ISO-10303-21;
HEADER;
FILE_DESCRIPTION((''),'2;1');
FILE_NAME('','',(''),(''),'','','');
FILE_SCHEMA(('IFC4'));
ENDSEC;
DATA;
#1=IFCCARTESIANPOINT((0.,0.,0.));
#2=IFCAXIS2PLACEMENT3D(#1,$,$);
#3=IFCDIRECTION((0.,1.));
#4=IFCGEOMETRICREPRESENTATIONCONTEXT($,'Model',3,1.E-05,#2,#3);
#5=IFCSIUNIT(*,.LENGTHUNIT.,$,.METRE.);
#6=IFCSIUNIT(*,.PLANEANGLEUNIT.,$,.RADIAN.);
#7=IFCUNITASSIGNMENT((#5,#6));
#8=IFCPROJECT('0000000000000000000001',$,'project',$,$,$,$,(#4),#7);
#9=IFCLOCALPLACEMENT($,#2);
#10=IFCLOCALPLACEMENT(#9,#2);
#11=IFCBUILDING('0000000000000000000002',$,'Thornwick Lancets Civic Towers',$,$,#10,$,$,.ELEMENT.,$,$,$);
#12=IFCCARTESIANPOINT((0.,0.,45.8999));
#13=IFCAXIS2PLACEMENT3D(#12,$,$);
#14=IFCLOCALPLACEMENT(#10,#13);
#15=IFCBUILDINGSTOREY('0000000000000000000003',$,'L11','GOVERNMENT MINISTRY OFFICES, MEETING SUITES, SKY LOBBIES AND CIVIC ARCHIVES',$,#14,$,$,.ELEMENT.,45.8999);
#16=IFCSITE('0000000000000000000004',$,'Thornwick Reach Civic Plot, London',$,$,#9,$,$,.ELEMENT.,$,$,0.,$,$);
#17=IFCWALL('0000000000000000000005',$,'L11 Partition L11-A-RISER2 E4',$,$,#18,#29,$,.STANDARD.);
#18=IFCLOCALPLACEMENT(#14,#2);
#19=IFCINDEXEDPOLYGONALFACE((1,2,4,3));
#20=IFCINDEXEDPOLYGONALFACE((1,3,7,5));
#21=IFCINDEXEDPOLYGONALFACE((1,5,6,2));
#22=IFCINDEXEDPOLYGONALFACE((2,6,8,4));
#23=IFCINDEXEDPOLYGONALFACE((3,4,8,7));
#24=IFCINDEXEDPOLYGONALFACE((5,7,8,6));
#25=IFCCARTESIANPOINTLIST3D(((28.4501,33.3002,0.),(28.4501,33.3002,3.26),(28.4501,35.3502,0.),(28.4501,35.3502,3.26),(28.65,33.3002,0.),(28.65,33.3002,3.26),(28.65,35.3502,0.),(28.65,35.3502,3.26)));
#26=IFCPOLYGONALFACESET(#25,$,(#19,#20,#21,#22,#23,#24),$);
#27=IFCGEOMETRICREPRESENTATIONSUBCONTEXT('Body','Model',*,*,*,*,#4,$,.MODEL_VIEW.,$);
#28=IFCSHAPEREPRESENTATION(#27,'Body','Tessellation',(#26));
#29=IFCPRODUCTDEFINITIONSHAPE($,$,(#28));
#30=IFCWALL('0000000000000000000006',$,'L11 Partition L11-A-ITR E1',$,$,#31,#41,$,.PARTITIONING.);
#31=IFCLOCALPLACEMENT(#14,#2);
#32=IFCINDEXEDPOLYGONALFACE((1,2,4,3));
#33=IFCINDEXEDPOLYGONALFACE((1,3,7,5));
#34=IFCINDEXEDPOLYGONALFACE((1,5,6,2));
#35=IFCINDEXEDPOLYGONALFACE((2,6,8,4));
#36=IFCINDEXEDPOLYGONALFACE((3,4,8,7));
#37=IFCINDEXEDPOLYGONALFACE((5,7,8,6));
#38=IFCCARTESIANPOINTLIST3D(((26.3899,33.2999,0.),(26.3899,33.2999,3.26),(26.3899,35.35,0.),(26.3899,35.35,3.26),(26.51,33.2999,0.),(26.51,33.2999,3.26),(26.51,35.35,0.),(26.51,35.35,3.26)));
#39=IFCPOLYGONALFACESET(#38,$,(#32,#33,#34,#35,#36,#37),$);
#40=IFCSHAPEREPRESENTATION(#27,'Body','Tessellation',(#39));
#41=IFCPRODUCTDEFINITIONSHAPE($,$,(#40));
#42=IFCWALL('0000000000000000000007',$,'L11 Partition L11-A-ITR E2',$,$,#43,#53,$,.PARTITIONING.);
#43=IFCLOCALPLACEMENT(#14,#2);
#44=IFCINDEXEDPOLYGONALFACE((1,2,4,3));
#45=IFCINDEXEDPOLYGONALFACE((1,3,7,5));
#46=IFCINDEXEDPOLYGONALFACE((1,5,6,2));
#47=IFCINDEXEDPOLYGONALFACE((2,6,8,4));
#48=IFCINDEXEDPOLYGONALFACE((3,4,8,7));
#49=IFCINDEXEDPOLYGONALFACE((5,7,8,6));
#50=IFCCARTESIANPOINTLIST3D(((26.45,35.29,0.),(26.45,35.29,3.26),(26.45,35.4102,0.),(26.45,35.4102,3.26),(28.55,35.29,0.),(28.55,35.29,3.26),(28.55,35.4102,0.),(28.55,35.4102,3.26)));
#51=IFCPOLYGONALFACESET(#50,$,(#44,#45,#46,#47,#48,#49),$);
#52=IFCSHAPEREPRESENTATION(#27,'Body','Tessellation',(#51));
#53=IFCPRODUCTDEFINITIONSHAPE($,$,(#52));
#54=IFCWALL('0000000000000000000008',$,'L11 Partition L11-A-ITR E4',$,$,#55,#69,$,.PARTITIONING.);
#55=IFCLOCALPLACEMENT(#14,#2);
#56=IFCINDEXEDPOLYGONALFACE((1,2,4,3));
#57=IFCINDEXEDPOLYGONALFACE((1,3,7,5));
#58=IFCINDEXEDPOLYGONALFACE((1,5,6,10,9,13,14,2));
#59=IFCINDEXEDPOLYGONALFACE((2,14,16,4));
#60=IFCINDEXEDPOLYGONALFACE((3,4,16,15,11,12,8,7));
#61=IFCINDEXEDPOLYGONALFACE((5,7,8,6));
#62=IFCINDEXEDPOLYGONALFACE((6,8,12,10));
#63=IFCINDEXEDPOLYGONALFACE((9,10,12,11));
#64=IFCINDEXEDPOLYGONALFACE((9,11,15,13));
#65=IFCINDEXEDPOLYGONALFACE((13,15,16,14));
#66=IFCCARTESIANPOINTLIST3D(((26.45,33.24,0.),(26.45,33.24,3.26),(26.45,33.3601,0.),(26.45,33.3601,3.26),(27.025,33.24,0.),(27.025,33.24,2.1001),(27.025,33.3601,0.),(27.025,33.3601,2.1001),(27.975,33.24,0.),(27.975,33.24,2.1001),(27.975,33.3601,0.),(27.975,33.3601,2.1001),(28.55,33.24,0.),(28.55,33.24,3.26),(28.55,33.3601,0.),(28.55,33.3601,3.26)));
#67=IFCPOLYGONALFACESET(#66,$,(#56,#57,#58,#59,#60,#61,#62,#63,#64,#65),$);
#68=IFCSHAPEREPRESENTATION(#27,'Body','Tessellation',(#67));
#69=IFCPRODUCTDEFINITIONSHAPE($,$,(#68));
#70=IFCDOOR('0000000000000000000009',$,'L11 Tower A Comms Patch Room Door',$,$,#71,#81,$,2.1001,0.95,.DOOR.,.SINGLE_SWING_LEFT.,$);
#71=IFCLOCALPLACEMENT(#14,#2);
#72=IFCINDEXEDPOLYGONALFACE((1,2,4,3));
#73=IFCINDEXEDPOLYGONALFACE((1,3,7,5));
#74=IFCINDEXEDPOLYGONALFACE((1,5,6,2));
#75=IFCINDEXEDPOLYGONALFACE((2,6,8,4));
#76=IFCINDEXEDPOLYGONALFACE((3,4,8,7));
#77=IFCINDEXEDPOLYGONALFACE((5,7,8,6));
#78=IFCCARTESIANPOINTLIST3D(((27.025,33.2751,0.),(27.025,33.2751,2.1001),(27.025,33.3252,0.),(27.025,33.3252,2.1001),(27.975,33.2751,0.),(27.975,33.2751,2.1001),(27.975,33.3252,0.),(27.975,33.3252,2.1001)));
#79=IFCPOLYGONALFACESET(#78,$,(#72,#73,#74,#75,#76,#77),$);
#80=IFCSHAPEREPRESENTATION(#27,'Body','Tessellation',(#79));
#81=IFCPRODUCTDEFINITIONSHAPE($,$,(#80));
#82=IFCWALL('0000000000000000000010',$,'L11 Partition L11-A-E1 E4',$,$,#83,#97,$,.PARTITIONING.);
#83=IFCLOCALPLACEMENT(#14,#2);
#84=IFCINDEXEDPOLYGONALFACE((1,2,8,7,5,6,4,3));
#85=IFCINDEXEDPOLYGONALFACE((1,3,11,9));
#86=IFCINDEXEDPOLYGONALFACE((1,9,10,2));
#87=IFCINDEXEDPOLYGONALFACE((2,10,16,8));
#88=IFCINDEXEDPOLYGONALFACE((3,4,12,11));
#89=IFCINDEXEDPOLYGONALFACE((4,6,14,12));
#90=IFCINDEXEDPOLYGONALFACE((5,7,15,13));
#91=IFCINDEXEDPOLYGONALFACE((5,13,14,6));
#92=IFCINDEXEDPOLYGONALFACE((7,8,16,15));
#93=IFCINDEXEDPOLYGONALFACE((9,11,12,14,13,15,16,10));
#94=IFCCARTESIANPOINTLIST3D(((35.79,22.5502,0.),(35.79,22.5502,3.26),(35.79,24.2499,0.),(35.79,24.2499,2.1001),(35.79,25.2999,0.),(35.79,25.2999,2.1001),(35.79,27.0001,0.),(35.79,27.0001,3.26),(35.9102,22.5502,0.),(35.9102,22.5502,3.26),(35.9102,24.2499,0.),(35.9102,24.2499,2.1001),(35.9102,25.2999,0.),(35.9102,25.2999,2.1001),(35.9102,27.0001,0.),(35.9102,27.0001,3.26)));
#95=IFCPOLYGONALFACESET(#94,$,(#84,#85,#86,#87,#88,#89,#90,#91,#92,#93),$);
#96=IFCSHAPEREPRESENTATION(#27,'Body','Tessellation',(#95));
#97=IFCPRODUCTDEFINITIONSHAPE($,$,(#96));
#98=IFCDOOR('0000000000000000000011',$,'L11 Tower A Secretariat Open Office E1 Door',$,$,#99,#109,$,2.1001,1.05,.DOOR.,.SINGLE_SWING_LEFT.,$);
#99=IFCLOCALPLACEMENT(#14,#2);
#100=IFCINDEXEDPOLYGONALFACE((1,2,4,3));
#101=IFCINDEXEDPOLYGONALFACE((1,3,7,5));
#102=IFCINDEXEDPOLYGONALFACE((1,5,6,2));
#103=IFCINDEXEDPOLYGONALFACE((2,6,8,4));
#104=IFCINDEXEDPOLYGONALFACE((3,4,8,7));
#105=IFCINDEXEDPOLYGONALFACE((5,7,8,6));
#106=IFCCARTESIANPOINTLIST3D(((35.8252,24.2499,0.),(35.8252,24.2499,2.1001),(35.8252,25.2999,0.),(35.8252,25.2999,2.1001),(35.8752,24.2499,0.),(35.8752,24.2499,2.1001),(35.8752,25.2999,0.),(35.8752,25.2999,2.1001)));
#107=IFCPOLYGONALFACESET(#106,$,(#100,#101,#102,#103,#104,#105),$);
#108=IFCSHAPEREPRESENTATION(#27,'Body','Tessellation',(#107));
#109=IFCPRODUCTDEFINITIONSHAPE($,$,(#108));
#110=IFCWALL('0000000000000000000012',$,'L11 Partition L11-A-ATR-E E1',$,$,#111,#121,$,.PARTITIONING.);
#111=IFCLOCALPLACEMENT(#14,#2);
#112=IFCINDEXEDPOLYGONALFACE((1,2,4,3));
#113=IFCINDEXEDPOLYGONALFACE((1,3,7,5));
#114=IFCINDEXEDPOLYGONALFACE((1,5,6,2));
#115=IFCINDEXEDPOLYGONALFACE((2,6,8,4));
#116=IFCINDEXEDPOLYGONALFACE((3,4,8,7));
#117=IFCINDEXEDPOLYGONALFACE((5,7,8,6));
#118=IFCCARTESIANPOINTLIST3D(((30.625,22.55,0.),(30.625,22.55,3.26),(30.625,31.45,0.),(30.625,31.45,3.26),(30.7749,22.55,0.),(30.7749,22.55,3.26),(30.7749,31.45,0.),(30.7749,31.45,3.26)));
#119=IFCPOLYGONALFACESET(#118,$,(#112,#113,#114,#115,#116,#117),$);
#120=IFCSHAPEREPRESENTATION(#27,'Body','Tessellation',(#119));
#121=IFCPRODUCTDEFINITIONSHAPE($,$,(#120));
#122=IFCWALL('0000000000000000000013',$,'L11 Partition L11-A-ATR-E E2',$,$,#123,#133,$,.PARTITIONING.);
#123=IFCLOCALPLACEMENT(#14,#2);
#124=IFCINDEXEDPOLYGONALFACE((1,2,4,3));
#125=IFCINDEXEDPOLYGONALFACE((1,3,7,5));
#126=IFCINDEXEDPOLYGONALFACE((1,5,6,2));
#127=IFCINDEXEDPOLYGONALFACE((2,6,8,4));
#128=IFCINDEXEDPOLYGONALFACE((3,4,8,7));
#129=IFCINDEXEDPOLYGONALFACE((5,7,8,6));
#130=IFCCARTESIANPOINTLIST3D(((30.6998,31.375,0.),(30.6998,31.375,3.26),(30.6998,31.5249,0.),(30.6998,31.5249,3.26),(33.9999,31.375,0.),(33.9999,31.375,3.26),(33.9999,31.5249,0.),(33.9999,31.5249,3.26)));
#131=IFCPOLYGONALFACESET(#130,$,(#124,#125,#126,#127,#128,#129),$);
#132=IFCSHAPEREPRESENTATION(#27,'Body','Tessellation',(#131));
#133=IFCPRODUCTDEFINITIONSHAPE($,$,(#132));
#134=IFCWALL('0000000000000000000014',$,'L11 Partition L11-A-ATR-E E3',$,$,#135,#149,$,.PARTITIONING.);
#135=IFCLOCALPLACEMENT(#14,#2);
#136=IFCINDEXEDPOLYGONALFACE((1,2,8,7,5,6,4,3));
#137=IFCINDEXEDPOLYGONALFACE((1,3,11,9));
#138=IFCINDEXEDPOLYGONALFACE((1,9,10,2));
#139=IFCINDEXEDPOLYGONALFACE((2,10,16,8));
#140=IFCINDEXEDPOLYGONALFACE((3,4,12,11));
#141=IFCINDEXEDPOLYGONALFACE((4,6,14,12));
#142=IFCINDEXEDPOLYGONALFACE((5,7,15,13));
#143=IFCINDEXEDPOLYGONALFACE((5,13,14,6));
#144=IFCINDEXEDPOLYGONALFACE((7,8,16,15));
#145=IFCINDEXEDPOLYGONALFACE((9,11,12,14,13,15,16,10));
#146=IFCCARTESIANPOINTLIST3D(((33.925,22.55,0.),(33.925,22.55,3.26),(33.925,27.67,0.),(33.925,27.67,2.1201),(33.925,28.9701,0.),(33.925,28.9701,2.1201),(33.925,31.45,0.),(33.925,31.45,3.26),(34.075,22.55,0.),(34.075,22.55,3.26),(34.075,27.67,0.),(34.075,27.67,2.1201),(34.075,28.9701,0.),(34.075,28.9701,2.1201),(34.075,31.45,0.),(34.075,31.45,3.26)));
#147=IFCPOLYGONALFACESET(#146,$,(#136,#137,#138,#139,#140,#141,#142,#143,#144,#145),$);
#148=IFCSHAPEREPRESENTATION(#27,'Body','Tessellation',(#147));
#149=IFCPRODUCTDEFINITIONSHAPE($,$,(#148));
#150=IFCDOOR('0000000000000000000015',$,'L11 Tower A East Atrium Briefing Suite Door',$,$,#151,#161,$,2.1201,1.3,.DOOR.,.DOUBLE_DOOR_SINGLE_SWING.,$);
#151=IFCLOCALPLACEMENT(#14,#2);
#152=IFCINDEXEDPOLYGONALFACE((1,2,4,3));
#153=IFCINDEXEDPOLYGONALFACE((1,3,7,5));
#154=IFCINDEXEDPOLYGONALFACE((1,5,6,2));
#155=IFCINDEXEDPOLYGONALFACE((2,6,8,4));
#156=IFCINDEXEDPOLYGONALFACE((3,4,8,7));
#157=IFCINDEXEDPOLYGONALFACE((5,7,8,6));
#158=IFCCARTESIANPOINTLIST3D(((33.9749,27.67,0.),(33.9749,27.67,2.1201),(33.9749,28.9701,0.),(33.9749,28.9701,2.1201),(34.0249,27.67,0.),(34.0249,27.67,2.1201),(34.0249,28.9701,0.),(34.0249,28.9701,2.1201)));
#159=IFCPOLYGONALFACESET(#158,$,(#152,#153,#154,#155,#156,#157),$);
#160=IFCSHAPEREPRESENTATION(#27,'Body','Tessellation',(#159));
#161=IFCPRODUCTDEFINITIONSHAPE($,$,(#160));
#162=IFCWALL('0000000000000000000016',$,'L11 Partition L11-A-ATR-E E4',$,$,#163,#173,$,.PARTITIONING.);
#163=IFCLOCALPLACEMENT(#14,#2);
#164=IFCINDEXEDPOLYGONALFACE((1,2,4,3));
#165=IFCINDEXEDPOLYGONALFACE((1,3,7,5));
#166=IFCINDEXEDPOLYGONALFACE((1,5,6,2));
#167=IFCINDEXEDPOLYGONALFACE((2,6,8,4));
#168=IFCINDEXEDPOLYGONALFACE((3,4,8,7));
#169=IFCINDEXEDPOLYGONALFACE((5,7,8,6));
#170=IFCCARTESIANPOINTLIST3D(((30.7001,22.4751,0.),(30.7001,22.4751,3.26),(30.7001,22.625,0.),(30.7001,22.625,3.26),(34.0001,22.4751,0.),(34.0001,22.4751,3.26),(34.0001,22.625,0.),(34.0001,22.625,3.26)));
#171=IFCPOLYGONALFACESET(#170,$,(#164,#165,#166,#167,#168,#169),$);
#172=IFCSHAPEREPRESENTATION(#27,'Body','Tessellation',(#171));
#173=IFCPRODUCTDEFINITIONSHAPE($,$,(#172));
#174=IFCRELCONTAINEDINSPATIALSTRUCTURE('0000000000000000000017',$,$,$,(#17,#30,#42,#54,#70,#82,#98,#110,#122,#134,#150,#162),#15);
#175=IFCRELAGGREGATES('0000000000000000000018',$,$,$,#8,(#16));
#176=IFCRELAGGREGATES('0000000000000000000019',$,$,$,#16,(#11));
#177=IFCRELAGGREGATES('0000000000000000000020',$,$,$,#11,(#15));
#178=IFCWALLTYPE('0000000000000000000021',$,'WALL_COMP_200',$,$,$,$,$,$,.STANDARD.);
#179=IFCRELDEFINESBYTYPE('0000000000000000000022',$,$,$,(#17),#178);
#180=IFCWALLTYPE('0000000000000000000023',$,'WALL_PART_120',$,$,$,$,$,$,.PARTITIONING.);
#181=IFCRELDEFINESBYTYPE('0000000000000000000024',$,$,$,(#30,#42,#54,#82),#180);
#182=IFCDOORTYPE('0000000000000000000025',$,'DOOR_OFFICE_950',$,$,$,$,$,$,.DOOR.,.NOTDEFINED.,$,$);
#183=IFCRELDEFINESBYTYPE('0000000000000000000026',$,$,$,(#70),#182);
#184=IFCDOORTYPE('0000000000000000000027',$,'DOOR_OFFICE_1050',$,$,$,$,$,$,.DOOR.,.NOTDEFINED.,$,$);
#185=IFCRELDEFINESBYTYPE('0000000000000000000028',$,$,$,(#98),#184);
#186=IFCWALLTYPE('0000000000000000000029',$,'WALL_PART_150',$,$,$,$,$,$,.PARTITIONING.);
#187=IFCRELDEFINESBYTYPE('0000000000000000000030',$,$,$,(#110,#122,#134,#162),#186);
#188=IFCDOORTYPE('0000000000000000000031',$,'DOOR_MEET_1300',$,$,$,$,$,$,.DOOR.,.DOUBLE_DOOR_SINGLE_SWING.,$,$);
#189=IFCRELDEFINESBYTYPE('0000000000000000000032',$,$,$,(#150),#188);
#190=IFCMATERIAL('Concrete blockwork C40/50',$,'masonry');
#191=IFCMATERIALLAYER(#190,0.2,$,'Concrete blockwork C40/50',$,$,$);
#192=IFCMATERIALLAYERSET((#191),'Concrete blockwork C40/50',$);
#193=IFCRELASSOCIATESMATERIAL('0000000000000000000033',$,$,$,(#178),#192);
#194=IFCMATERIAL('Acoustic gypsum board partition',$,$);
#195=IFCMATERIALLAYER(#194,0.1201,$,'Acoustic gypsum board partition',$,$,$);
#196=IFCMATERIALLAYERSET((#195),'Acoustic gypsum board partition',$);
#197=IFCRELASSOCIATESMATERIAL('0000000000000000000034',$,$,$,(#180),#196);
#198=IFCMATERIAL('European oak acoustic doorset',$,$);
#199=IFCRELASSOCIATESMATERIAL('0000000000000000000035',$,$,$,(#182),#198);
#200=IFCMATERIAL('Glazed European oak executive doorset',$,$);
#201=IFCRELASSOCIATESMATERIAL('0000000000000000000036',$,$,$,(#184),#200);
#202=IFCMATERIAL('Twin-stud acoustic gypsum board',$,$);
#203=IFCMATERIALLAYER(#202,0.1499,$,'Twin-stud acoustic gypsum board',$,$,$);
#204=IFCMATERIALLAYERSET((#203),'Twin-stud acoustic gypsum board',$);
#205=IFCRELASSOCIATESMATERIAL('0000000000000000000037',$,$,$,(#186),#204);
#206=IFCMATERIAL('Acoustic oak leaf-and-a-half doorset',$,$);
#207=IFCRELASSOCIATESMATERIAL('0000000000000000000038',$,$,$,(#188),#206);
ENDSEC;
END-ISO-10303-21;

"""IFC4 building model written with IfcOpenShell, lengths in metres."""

from ifc_helpers import new_model, si_unit, direction, frame, frame_2d, origin, place, context, subcontext, project, spatial, rectangle, extrude, material, layer, layer_set, type_object, element, fill, save


model = new_model("IFC4")

# Units and contexts
model_context = context("Model", 3, precision=1e-05, world=origin(), true_north=direction((0.0, 1.0)))
body_context = subcontext(model_context, "Body", "Model", "MODEL_VIEW")
ifc_project = project(units=[si_unit("LENGTHUNIT", "METRE"), si_unit("PLANEANGLEUNIT", "RADIAN")], contexts=[model_context])

# Site, building, storey
site_placement = place(None, origin())
site = spatial("IfcSite", under=ifc_project, at=site_placement, Name="Thornwick Reach Civic Plot, London", CompositionType="ELEMENT", RefElevation=0.0)
building_placement = place(site_placement, origin())
building = spatial("IfcBuilding", under=site, at=building_placement, Name="Thornwick Lancets Civic Towers", CompositionType="ELEMENT")
storey_placement = place(building_placement, frame((0.0, 0.0, 45.8999)))
storey = spatial("IfcBuildingStorey", under=building, at=storey_placement, Name="L11", Description="GOVERNMENT MINISTRY OFFICES, MEETING SUITES, SKY LOBBIES AND CIVIC ARCHIVES", CompositionType="ELEMENT", Elevation=45.8999)

# Shared definitions
ifc_material_1 = material(Name="Concrete blockwork C40/50", Category="masonry")
ifc_layer_1 = layer(ifc_material_1, 0.2, Name="Concrete blockwork C40/50")
ifc_layer_set_1 = layer_set([ifc_layer_1], Name="Concrete blockwork C40/50")
wall_type_1 = type_object("IfcWallType", Name="WALL_COMP_200", PredefinedType="STANDARD", material=ifc_layer_set_1)

# Walls
for number, where, z_axis, x_axis, name in (
    (1, (28.55, 35.3501, 0.0), (0.0, 0.0, 1.0), (0.0, -1.0, 0.0), "L11 Partition L11-A-RISER2 E4"),
):
    element("IfcWall", number, at=place(storey_placement, frame(where, z_axis=z_axis, x_axis=x_axis)), inside=storey, type_object=wall_type_1, Name=name, PredefinedType="STANDARD", context=body_context, shape_type="SweptSolid", body=[
        extrude(rectangle(XDim=2.05, YDim=0.2, at=frame_2d((1.0249, 0.0))), origin(), (0.0, 0.0, 1.0), 3.26),
    ])
ifc_material_2 = material(Name="Acoustic gypsum board partition")
ifc_layer_2 = layer(ifc_material_2, 0.1201, Name="Acoustic gypsum board partition")
ifc_layer_set_2 = layer_set([ifc_layer_2], Name="Acoustic gypsum board partition")
wall_type_2 = type_object("IfcWallType", Name="WALL_PART_120", PredefinedType="PARTITIONING", material=ifc_layer_set_2)
wall_1_placement = place(storey_placement, frame((26.45, 33.3, 0.0), z_axis=(0.0, 0.0, 1.0), x_axis=(0.0, 1.0, 0.0)))
element("IfcWall", 2, at=wall_1_placement, inside=storey, type_object=wall_type_2, Name="L11 Partition L11-A-ITR E1", PredefinedType="PARTITIONING", context=body_context, shape_type="SweptSolid", body=[
    extrude(rectangle(XDim=2.05, YDim=0.1201, at=frame_2d((1.0249, 0.0))), origin(), (0.0, 0.0, 1.0), 3.26),
])
wall_2_placement = place(storey_placement, frame((26.45, 35.3501, 0.0), z_axis=(0.0, 0.0, 1.0), x_axis=(1.0, 0.0, 0.0)))
element("IfcWall", 3, at=wall_2_placement, inside=storey, type_object=wall_type_2, Name="L11 Partition L11-A-ITR E2", PredefinedType="PARTITIONING", context=body_context, shape_type="SweptSolid", body=[
    extrude(rectangle(XDim=2.1001, YDim=0.1201, at=frame_2d((1.05, 0.0))), origin(), (0.0, 0.0, 1.0), 3.26),
])

# Walls, openings, doors
wall_3_placement = place(storey_placement, frame((28.55, 33.3, 0.0), z_axis=(0.0, 0.0, 1.0), x_axis=(-1.0, 0.0, 0.0)))
wall_3 = element("IfcWall", 4, at=wall_3_placement, inside=storey, type_object=wall_type_2, Name="L11 Partition L11-A-ITR E4", PredefinedType="PARTITIONING", context=body_context, shape_type="SweptSolid", body=[
    extrude(rectangle(XDim=2.1001, YDim=0.1201, at=frame_2d((1.05, 0.0))), origin(), (0.0, 0.0, 1.0), 3.26),
])
opening_1_placement = place(wall_3_placement, frame((0.575, 0.0, 0.0)))
opening_1 = element("IfcOpeningElement", 5, at=opening_1_placement, cuts=wall_3, PredefinedType="OPENING", context=body_context, shape_type="SweptSolid", body=[
    extrude(rectangle(XDim=0.95, YDim=2.1001, at=frame_2d((0.4751, 1.05))), frame((0.0, 0.0701, 0.0), z_axis=(0.0, -1.0, 0.0), x_axis=(1.0, 0.0, 0.0)), (0.0, 0.0, 1.0), 0.1401),
])
ifc_material_3 = material(Name="European oak acoustic doorset")
door_type_1 = type_object("IfcDoorType", Name="DOOR_OFFICE_950", OperationType="NOTDEFINED", PredefinedType="DOOR", material=ifc_material_3)
door_1_placement = place(opening_1_placement, origin())
door_1 = element("IfcDoor", 6, at=door_1_placement, inside=storey, type_object=door_type_1, Name="L11 Tower A Comms Patch Room Door", OperationType="SINGLE_SWING_LEFT", OverallHeight=2.1001, OverallWidth=0.95, PredefinedType="DOOR", context=body_context, shape_type="SweptSolid", body=[
    extrude(rectangle(XDim=0.95, YDim=2.1001, at=frame_2d((0.4751, 1.05))), frame((0.0, 0.0249, 0.0), z_axis=(0.0, -1.0, 0.0), x_axis=(1.0, 0.0, 0.0)), (0.0, 0.0, 1.0), 0.05),
])
fill(opening_1, door_1)
wall_4_placement = place(storey_placement, frame((35.8501, 22.55, 0.0), z_axis=(0.0, 0.0, 1.0), x_axis=(0.0, 1.0, 0.0)))
wall_4 = element("IfcWall", 7, at=wall_4_placement, inside=storey, type_object=wall_type_2, Name="L11 Partition L11-A-E1 E4", PredefinedType="PARTITIONING", context=body_context, shape_type="SweptSolid", body=[
    extrude(rectangle(XDim=4.45, YDim=0.1201, at=frame_2d((2.2251, 0.0))), origin(), (0.0, 0.0, 1.0), 3.26),
])
opening_2_placement = place(wall_4_placement, frame((1.7, 0.0, 0.0)))
opening_2 = element("IfcOpeningElement", 8, at=opening_2_placement, cuts=wall_4, PredefinedType="OPENING", context=body_context, shape_type="SweptSolid", body=[
    extrude(rectangle(XDim=1.05, YDim=2.1001, at=frame_2d((0.5249, 1.05))), frame((0.0, 0.0701, 0.0), z_axis=(0.0, -1.0, 0.0), x_axis=(1.0, 0.0, 0.0)), (0.0, 0.0, 1.0), 0.1401),
])
ifc_material_4 = material(Name="Glazed European oak executive doorset")
door_type_2 = type_object("IfcDoorType", Name="DOOR_OFFICE_1050", OperationType="NOTDEFINED", PredefinedType="DOOR", material=ifc_material_4)
door_2_placement = place(opening_2_placement, origin())
door_2 = element("IfcDoor", 9, at=door_2_placement, inside=storey, type_object=door_type_2, Name="L11 Tower A Secretariat Open Office E1 Door", OperationType="SINGLE_SWING_LEFT", OverallHeight=2.1001, OverallWidth=1.05, PredefinedType="DOOR", context=body_context, shape_type="SweptSolid", body=[
    extrude(rectangle(XDim=1.05, YDim=2.1001, at=frame_2d((0.5249, 1.05))), frame((0.0, 0.0249, 0.0), z_axis=(0.0, -1.0, 0.0), x_axis=(1.0, 0.0, 0.0)), (0.0, 0.0, 1.0), 0.05),
])
fill(opening_2, door_2)

# Walls
ifc_material_5 = material(Name="Twin-stud acoustic gypsum board")
ifc_layer_3 = layer(ifc_material_5, 0.1499, Name="Twin-stud acoustic gypsum board")
ifc_layer_set_3 = layer_set([ifc_layer_3], Name="Twin-stud acoustic gypsum board")
wall_type_3 = type_object("IfcWallType", Name="WALL_PART_150", PredefinedType="PARTITIONING", material=ifc_layer_set_3)
wall_5_placement = place(storey_placement, frame((30.7, 22.55, 0.0), z_axis=(0.0, 0.0, 1.0), x_axis=(0.0, 1.0, 0.0)))
element("IfcWall", 10, at=wall_5_placement, inside=storey, type_object=wall_type_3, Name="L11 Partition L11-A-ATR-E E1", PredefinedType="PARTITIONING", context=body_context, shape_type="SweptSolid", body=[
    extrude(rectangle(XDim=8.8999, YDim=0.1499, at=frame_2d((4.45, 0.0))), origin(), (0.0, 0.0, 1.0), 3.26),
])
wall_6_placement = place(storey_placement, frame((30.7, 31.45, 0.0), z_axis=(0.0, 0.0, 1.0), x_axis=(1.0, 0.0, 0.0)))
element("IfcWall", 11, at=wall_6_placement, inside=storey, type_object=wall_type_3, Name="L11 Partition L11-A-ATR-E E2", PredefinedType="PARTITIONING", context=body_context, shape_type="SweptSolid", body=[
    extrude(rectangle(XDim=3.3, YDim=0.1499, at=frame_2d((1.6499, 0.0))), origin(), (0.0, 0.0, 1.0), 3.26),
])

# Wall, opening, door
wall_7_placement = place(storey_placement, frame((34.0, 31.45, 0.0), z_axis=(0.0, 0.0, 1.0), x_axis=(0.0, -1.0, 0.0)))
wall_7 = element("IfcWall", 12, at=wall_7_placement, inside=storey, type_object=wall_type_3, Name="L11 Partition L11-A-ATR-E E3", PredefinedType="PARTITIONING", context=body_context, shape_type="SweptSolid", body=[
    extrude(rectangle(XDim=8.8999, YDim=0.1499, at=frame_2d((4.45, 0.0))), origin(), (0.0, 0.0, 1.0), 3.26),
])
opening_3_placement = place(wall_7_placement, frame((2.48, 0.0, 0.0)))
opening_3 = element("IfcOpeningElement", 13, at=opening_3_placement, cuts=wall_7, PredefinedType="OPENING", context=body_context, shape_type="SweptSolid", body=[
    extrude(rectangle(XDim=1.3, YDim=2.1201, at=frame_2d((0.6499, 1.0601))), frame((0.0, 0.085, 0.0), z_axis=(0.0, -1.0, 0.0), x_axis=(1.0, 0.0, 0.0)), (0.0, 0.0, 1.0), 0.1699),
])
ifc_material_6 = material(Name="Acoustic oak leaf-and-a-half doorset")
door_type_3 = type_object("IfcDoorType", Name="DOOR_MEET_1300", OperationType="DOUBLE_DOOR_SINGLE_SWING", PredefinedType="DOOR", material=ifc_material_6)
door_3_placement = place(opening_3_placement, origin())
door_3 = element("IfcDoor", 14, at=door_3_placement, inside=storey, type_object=door_type_3, Name="L11 Tower A East Atrium Briefing Suite Door", OperationType="DOUBLE_DOOR_SINGLE_SWING", OverallHeight=2.1201, OverallWidth=1.3, PredefinedType="DOOR", context=body_context, shape_type="SweptSolid", body=[
    extrude(rectangle(XDim=1.3, YDim=2.1201, at=frame_2d((0.6499, 1.0601))), frame((0.0, 0.0249, 0.0), z_axis=(0.0, -1.0, 0.0), x_axis=(1.0, 0.0, 0.0)), (0.0, 0.0, 1.0), 0.05),
])
fill(opening_3, door_3)

# Wall
wall_8_placement = place(storey_placement, frame((34.0, 22.55, 0.0), z_axis=(0.0, 0.0, 1.0), x_axis=(-1.0, 0.0, 0.0)))
element("IfcWall", 15, at=wall_8_placement, inside=storey, type_object=wall_type_3, Name="L11 Partition L11-A-ATR-E E4", PredefinedType="PARTITIONING", context=body_context, shape_type="SweptSolid", body=[
    extrude(rectangle(XDim=3.3, YDim=0.1499, at=frame_2d((1.6499, 0.0))), origin(), (0.0, 0.0, 1.0), 3.26),
])

save(model, "model.ifc")
